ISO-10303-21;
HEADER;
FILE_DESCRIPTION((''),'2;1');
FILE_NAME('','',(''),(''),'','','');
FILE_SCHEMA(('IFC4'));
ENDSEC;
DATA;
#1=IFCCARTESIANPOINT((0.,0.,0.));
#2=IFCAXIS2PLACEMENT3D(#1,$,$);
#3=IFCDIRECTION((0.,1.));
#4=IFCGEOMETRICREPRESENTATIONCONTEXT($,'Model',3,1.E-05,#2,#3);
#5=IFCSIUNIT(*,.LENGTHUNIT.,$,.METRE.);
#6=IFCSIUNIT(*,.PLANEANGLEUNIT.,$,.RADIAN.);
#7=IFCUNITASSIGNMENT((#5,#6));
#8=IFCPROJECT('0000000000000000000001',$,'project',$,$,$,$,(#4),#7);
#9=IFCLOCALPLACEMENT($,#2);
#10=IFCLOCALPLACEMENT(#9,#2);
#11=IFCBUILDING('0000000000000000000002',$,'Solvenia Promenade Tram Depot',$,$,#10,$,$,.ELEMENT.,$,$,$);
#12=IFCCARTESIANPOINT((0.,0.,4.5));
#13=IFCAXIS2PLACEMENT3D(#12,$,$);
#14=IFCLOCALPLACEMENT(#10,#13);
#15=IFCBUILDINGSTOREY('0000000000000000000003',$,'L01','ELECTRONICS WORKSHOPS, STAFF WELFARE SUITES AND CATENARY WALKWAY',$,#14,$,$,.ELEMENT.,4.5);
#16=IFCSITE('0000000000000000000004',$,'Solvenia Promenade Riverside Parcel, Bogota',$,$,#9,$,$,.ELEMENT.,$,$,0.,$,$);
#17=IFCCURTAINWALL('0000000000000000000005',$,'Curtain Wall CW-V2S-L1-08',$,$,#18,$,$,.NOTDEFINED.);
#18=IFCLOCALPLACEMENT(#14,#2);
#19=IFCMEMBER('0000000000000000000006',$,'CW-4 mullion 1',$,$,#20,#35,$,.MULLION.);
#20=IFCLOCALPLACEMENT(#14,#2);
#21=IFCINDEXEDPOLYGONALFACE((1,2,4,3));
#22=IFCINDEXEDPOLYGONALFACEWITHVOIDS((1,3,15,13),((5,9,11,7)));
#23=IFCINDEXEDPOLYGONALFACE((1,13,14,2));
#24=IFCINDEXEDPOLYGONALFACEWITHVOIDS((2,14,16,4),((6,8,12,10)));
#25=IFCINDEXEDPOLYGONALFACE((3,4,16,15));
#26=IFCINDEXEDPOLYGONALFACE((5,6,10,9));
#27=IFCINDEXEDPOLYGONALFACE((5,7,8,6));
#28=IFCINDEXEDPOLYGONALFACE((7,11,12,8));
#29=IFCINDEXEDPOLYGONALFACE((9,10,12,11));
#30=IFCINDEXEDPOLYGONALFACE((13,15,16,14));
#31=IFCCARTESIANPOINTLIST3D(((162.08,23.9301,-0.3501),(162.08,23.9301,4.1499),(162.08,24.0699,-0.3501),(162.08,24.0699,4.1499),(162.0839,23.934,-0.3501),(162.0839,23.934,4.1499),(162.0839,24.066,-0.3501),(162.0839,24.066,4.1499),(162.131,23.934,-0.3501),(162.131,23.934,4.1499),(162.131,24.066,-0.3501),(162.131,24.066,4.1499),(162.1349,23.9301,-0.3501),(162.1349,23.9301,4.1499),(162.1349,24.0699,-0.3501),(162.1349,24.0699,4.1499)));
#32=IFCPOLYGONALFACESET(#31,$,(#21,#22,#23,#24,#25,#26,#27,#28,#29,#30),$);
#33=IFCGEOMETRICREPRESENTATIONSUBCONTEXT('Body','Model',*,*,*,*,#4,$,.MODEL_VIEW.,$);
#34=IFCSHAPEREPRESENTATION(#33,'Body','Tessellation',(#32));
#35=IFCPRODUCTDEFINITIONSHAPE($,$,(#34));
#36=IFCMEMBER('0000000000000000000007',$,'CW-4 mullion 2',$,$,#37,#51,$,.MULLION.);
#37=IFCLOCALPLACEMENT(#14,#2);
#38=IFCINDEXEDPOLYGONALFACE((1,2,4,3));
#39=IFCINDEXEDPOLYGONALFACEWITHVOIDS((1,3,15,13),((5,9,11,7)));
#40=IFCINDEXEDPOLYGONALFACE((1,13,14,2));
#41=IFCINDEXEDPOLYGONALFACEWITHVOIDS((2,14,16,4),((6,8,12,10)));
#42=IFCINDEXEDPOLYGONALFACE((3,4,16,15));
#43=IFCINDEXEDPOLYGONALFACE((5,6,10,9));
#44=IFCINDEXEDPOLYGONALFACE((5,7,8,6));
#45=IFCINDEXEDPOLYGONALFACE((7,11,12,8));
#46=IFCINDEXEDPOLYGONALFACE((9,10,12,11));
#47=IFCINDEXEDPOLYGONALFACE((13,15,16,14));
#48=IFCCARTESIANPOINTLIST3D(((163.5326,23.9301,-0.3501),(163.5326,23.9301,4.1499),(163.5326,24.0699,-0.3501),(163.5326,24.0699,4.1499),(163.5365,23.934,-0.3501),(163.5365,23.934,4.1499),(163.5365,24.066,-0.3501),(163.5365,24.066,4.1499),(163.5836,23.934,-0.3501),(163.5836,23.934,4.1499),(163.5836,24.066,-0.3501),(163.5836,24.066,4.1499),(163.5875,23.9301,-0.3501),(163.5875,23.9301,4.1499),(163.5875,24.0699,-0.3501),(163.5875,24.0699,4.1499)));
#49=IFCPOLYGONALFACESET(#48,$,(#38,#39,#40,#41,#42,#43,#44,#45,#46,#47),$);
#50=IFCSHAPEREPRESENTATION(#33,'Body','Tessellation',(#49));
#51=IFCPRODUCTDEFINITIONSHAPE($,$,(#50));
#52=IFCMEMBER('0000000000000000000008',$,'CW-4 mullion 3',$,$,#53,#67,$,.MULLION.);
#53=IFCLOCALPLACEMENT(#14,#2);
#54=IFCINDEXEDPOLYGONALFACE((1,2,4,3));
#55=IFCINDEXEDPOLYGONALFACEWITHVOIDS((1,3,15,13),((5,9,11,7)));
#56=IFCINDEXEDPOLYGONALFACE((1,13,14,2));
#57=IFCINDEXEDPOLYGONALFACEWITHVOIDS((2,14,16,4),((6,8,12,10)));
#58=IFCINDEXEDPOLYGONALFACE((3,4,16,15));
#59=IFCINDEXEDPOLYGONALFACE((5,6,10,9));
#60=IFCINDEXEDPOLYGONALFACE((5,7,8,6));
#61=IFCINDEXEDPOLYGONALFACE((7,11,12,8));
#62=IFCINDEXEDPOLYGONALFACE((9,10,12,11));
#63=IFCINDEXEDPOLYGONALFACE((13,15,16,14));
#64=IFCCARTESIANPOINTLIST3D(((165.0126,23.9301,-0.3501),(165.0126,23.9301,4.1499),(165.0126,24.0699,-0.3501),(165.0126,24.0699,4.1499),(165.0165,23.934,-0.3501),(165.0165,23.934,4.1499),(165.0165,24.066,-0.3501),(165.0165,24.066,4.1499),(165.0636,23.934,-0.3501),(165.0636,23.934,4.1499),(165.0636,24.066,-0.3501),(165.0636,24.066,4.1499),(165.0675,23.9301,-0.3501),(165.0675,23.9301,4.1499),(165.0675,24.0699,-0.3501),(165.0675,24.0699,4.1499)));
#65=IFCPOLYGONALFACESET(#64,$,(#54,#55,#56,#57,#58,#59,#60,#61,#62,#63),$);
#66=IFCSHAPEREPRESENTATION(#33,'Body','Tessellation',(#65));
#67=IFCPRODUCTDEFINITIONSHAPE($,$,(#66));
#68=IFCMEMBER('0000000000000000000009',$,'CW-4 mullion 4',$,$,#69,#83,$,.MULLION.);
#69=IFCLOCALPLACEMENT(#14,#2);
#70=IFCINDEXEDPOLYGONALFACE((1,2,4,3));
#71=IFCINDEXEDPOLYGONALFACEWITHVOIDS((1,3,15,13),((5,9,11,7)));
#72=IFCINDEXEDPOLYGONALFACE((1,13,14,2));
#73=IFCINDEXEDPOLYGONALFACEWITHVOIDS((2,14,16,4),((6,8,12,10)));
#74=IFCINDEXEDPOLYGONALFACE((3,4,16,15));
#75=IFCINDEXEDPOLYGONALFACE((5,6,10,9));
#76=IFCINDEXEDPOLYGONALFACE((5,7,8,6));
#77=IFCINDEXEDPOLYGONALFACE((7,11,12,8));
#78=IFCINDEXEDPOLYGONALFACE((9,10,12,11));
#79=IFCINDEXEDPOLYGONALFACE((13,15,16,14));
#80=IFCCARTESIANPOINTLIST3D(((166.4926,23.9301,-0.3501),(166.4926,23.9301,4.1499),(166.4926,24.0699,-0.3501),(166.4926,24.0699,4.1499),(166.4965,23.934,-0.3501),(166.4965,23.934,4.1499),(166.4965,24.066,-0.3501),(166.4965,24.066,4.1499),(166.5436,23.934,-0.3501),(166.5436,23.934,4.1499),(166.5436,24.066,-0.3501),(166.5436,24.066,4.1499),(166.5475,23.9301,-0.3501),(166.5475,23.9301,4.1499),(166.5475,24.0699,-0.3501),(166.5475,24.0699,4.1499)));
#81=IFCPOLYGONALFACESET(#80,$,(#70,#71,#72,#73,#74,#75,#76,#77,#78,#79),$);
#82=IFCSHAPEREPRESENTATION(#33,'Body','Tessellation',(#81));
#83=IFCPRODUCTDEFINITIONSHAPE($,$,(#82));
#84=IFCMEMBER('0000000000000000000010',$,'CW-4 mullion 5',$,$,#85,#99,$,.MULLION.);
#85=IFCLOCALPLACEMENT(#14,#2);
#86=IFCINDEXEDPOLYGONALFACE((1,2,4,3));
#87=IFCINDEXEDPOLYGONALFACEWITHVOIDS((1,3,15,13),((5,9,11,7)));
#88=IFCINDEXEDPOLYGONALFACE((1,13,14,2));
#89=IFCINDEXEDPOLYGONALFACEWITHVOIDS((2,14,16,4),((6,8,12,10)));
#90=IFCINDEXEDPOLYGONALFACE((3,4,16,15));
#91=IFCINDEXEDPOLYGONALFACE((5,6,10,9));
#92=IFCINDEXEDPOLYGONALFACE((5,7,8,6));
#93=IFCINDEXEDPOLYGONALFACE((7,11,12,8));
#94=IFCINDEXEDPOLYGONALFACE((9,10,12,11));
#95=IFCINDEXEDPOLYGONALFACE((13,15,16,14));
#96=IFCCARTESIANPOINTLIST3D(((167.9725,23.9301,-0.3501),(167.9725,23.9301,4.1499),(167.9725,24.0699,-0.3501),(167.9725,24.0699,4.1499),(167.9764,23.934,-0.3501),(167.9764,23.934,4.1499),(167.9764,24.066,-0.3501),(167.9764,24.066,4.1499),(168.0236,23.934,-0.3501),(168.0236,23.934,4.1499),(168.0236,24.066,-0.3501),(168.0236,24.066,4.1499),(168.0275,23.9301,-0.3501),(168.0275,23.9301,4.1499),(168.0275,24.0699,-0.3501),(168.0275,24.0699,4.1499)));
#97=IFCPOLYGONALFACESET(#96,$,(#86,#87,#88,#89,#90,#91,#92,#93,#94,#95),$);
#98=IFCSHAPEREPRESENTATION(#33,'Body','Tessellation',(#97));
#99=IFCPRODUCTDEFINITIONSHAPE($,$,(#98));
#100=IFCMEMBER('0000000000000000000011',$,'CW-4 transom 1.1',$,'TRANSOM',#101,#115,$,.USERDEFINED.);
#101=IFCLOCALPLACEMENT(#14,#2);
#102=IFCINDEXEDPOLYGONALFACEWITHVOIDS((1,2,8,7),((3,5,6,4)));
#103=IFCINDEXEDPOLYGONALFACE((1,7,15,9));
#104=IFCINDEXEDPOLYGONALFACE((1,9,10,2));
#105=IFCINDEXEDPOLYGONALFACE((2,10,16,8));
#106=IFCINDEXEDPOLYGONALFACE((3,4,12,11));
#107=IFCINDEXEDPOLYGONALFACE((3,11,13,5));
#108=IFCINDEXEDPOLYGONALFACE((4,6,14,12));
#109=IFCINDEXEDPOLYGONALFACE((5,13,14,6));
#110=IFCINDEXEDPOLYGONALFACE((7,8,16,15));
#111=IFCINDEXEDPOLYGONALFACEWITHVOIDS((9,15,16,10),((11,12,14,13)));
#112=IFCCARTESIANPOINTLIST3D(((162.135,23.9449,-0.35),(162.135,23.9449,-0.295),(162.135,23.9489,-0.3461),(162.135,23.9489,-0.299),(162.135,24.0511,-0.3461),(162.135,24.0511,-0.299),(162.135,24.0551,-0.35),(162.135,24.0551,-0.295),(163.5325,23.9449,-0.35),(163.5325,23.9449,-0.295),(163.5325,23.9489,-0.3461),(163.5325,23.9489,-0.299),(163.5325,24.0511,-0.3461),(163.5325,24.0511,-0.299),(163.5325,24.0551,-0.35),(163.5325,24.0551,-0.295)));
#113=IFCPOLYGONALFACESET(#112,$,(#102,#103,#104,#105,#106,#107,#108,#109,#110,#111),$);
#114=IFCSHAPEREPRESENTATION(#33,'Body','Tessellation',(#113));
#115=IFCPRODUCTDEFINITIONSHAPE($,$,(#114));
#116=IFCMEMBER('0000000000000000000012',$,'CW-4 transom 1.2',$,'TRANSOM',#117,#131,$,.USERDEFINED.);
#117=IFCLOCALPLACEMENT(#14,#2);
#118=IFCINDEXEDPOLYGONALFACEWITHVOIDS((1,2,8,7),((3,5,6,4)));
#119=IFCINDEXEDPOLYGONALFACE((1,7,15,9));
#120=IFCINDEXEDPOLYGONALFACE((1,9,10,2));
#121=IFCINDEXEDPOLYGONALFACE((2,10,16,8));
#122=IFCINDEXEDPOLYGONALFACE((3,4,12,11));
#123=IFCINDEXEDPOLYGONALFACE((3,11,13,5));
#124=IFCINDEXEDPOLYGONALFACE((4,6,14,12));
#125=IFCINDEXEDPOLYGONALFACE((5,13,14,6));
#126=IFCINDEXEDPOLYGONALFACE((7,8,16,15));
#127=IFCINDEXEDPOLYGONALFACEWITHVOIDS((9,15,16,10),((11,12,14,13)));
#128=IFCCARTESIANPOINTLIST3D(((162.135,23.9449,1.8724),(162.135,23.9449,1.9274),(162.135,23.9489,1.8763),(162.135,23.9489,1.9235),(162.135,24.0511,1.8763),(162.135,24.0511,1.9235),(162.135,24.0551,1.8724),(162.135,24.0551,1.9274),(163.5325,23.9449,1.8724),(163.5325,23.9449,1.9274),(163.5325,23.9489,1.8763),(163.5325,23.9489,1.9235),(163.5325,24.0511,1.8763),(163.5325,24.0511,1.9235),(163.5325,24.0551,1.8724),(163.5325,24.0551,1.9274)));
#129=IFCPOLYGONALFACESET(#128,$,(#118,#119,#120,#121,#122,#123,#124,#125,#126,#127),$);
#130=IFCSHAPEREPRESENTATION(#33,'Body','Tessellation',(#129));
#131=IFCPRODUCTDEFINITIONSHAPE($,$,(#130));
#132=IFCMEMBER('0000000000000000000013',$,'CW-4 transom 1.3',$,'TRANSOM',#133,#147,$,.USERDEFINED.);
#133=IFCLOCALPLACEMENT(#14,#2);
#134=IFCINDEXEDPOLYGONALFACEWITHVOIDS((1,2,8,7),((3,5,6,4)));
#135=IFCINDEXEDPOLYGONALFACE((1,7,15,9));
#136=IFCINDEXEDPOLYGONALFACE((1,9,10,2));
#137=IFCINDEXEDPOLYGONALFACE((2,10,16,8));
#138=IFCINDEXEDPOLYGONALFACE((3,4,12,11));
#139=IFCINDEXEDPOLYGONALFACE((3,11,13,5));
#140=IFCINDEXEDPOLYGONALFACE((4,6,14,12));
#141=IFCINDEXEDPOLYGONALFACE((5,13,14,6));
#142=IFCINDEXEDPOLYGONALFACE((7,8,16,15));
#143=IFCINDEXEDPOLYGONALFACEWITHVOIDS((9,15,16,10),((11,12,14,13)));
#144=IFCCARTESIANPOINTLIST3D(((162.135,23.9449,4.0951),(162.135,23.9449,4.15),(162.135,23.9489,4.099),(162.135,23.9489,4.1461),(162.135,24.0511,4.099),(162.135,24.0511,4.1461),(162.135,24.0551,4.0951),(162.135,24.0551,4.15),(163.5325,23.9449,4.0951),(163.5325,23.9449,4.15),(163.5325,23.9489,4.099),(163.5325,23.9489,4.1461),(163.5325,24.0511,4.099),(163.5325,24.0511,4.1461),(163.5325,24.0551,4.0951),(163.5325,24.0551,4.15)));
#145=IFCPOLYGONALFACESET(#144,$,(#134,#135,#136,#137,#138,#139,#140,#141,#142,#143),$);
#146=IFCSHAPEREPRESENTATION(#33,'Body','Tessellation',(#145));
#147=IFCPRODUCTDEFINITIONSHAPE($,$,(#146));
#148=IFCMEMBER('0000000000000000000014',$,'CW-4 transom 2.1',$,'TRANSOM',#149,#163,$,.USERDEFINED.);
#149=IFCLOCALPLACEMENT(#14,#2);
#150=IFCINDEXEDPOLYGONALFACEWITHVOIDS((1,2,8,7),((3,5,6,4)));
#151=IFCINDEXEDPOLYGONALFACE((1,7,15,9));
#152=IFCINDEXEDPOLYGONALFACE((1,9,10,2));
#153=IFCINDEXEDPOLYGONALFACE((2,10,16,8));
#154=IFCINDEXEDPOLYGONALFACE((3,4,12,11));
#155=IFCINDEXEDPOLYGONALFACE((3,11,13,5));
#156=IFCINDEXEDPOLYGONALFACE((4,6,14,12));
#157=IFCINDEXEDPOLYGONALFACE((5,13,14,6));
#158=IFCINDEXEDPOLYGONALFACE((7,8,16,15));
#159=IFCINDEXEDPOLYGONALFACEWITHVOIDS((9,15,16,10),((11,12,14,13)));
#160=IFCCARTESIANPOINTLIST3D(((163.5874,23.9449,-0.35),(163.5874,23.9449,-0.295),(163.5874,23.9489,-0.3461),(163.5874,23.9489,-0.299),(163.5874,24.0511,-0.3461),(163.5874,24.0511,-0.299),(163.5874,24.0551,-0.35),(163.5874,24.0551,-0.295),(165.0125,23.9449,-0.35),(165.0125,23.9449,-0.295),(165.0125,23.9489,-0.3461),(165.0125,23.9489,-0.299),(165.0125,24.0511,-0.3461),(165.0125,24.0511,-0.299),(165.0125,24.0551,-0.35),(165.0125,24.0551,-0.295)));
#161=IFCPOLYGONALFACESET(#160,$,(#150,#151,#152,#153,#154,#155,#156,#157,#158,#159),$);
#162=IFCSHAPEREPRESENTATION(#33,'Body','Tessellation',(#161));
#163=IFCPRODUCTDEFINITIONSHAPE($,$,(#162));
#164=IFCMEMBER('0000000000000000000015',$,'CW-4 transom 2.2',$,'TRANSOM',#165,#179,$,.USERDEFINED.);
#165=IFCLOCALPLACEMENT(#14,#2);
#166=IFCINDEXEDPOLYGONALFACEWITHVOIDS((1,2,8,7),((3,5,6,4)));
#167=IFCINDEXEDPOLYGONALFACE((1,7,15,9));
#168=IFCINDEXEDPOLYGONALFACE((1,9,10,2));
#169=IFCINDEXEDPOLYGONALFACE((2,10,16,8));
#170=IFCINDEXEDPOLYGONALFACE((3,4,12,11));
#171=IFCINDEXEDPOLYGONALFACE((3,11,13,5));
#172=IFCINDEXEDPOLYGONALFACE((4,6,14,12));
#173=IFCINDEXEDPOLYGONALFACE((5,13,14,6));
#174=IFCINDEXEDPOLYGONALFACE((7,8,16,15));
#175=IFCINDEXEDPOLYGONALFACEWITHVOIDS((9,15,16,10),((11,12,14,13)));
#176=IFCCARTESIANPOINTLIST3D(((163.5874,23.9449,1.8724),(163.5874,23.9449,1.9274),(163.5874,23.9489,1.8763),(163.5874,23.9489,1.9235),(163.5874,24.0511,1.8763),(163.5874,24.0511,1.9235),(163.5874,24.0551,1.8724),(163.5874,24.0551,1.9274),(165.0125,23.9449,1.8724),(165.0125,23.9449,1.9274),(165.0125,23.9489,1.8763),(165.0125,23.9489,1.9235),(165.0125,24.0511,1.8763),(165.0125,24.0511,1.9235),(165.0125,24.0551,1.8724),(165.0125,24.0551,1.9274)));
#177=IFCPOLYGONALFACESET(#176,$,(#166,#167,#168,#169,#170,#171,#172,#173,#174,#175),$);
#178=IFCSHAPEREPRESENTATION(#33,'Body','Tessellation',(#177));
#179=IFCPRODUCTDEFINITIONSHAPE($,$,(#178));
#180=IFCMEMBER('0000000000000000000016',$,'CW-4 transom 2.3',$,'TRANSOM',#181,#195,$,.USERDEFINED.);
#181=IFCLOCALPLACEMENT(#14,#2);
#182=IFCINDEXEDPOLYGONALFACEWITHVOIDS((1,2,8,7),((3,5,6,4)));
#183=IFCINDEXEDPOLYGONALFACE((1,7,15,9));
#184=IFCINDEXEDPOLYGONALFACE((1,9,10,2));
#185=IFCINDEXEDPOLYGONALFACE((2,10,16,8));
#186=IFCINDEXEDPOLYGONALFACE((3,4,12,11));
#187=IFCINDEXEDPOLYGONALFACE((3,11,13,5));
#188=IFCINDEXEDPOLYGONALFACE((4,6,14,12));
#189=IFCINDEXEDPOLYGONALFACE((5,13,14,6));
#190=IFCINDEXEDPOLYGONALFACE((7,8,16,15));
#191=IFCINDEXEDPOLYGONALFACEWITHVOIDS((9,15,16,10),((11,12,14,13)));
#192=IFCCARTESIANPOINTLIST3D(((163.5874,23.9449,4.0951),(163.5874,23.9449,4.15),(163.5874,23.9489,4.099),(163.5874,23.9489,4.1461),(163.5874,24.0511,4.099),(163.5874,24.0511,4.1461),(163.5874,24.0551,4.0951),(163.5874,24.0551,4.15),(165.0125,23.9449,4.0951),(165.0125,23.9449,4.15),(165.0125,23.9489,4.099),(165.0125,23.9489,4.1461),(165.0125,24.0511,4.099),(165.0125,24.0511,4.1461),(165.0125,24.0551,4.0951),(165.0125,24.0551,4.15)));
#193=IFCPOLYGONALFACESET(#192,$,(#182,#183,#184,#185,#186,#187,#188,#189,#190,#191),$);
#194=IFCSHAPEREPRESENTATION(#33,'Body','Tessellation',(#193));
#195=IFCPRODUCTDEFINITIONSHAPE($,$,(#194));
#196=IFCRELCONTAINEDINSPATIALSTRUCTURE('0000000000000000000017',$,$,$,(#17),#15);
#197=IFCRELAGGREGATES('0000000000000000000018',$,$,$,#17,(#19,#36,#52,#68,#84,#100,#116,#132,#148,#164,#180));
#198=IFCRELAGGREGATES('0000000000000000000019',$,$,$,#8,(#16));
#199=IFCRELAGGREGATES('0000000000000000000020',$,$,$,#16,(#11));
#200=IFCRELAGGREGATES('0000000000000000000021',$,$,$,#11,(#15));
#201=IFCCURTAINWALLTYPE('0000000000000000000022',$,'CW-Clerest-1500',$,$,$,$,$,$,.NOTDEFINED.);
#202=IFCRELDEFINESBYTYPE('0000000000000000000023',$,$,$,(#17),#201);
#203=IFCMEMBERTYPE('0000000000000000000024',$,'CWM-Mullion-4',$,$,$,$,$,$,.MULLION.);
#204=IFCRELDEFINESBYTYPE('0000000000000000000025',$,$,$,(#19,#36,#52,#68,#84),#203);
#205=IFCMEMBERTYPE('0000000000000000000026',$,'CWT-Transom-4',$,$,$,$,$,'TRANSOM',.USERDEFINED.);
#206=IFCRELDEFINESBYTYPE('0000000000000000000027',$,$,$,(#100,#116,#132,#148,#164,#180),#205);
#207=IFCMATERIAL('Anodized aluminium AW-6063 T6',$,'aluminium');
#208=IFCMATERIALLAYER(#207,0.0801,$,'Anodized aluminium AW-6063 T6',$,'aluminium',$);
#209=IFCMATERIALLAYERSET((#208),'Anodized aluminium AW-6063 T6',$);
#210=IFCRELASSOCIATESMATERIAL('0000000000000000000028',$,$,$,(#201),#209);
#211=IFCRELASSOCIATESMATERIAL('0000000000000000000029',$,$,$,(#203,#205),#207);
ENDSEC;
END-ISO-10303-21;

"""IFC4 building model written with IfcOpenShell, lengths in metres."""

from ifc_helpers import new_model, si_unit, direction, frame, origin, origin_2d, place, context, subcontext, project, spatial, hollow_rectangle, extrude, material, layer, layer_set, material_profile, profile_set, type_object, element, aggregate, save


model = new_model("IFC4")

# Units and contexts
model_context = context("Model", 3, precision=1e-05, world=origin(), true_north=direction((0.0, 1.0)))
body_context = subcontext(model_context, "Body", "Model", "MODEL_VIEW")
ifc_project = project(units=[si_unit("LENGTHUNIT", "METRE"), si_unit("PLANEANGLEUNIT", "RADIAN")], contexts=[model_context])

# Site, building, storey
site_placement = place(None, origin())
site = spatial("IfcSite", under=ifc_project, at=site_placement, Name="Solvenia Promenade Riverside Parcel, Bogota", CompositionType="ELEMENT", RefElevation=0.0)
building_placement = place(site_placement, origin())
building = spatial("IfcBuilding", under=site, at=building_placement, Name="Solvenia Promenade Tram Depot", CompositionType="ELEMENT")
storey_placement = place(building_placement, frame((0.0, 0.0, 4.5)))
storey = spatial("IfcBuildingStorey", under=building, at=storey_placement, Name="L01", Description="ELECTRONICS WORKSHOPS, STAFF WELFARE SUITES AND CATENARY WALKWAY", CompositionType="ELEMENT", Elevation=4.5)

# Curtain wall, members
ifc_material_1 = material(Name="Anodized aluminium AW-6063 T6", Category="aluminium")
ifc_layer_1 = layer(ifc_material_1, 0.0801, Name="Anodized aluminium AW-6063 T6", Category="aluminium")
ifc_layer_set_1 = layer_set([ifc_layer_1], Name="Anodized aluminium AW-6063 T6")
curtain_wall_type = type_object("IfcCurtainWallType", Name="CW-Clerest-1500", PredefinedType="NOTDEFINED", material=ifc_layer_set_1)
curtain_wall_placement = place(storey_placement, origin())
curtain_wall = element("IfcCurtainWall", 1, at=curtain_wall_placement, inside=storey, type_object=curtain_wall_type, Name="Curtain Wall CW-V2S-L1-08", PredefinedType="NOTDEFINED")
ifc_material_profile_1 = material_profile(ifc_material_1, hollow_rectangle(XDim=0.1399, YDim=0.0549, WallThickness=0.0039, at=origin_2d()), Name="ALU-M4", Category="aluminium")
ifc_profile_set_1 = profile_set([ifc_material_profile_1], Name="Anodized aluminium AW-6063 T6")
member_type_1 = type_object("IfcMemberType", Name="CWM-Mullion-4", PredefinedType="MULLION", material=ifc_profile_set_1)
member_1_placement = place(storey_placement, frame((162.1074, 24.0, -0.3501), z_axis=(0.0, 0.0, 1.0), x_axis=(0.0, 1.0, 0.0)))
member_1 = element("IfcMember", 2, at=member_1_placement, type_object=member_type_1, Name="CW-4 mullion 1", PredefinedType="MULLION", context=body_context, shape_type="SweptSolid", body=[
    extrude(hollow_rectangle(XDim=0.1399, YDim=0.0549, WallThickness=0.0039, at=origin_2d()), origin(), (0.0, 0.0, 1.0), 4.5),
])
member_2_placement = place(storey_placement, frame((163.5601, 24.0, -0.3501), z_axis=(0.0, 0.0, 1.0), x_axis=(0.0, 1.0, 0.0)))
member_2 = element("IfcMember", 3, at=member_2_placement, type_object=member_type_1, Name="CW-4 mullion 2", PredefinedType="MULLION", context=body_context, shape_type="SweptSolid", body=[
    extrude(hollow_rectangle(XDim=0.1399, YDim=0.0549, WallThickness=0.0039, at=origin_2d()), origin(), (0.0, 0.0, 1.0), 4.5),
])
member_3_placement = place(storey_placement, frame((165.04, 24.0, -0.3501), z_axis=(0.0, 0.0, 1.0), x_axis=(0.0, 1.0, 0.0)))
member_3 = element("IfcMember", 4, at=member_3_placement, type_object=member_type_1, Name="CW-4 mullion 3", PredefinedType="MULLION", context=body_context, shape_type="SweptSolid", body=[
    extrude(hollow_rectangle(XDim=0.1399, YDim=0.0549, WallThickness=0.0039, at=origin_2d()), origin(), (0.0, 0.0, 1.0), 4.5),
])
member_4_placement = place(storey_placement, frame((166.52, 24.0, -0.3501), z_axis=(0.0, 0.0, 1.0), x_axis=(0.0, 1.0, 0.0)))
member_4 = element("IfcMember", 5, at=member_4_placement, type_object=member_type_1, Name="CW-4 mullion 4", PredefinedType="MULLION", context=body_context, shape_type="SweptSolid", body=[
    extrude(hollow_rectangle(XDim=0.1399, YDim=0.0549, WallThickness=0.0039, at=origin_2d()), origin(), (0.0, 0.0, 1.0), 4.5),
])
member_5_placement = place(storey_placement, frame((168.0, 24.0, -0.3501), z_axis=(0.0, 0.0, 1.0), x_axis=(0.0, 1.0, 0.0)))
member_5 = element("IfcMember", 6, at=member_5_placement, type_object=member_type_1, Name="CW-4 mullion 5", PredefinedType="MULLION", context=body_context, shape_type="SweptSolid", body=[
    extrude(hollow_rectangle(XDim=0.1399, YDim=0.0549, WallThickness=0.0039, at=origin_2d()), origin(), (0.0, 0.0, 1.0), 4.5),
])
ifc_material_profile_2 = material_profile(ifc_material_1, hollow_rectangle(XDim=0.1101, YDim=0.0549, WallThickness=0.0039, at=origin_2d()), Name="ALU-T4", Category="aluminium")
ifc_profile_set_2 = profile_set([ifc_material_profile_2], Name="Anodized aluminium AW-6063 T6")
member_type_2 = type_object("IfcMemberType", Name="CWT-Transom-4", ElementType="TRANSOM", PredefinedType="USERDEFINED", material=ifc_profile_set_2)
member_6_placement = place(storey_placement, frame((162.135, 24.0, -0.3225), z_axis=(1.0, 0.0, 0.0), x_axis=(0.0, 1.0, 0.0)))
member_6 = element("IfcMember", 7, at=member_6_placement, type_object=member_type_2, Name="CW-4 transom 1.1", ObjectType="TRANSOM", PredefinedType="USERDEFINED", context=body_context, shape_type="SweptSolid", body=[
    extrude(hollow_rectangle(XDim=0.1101, YDim=0.0549, WallThickness=0.0039, at=origin_2d()), origin(), (0.0, 0.0, 1.0), 1.3975),
])
member_7_placement = place(storey_placement, frame((162.135, 24.0, 1.8999), z_axis=(1.0, 0.0, 0.0), x_axis=(0.0, 1.0, 0.0)))
member_7 = element("IfcMember", 8, at=member_7_placement, type_object=member_type_2, Name="CW-4 transom 1.2", ObjectType="TRANSOM", PredefinedType="USERDEFINED", context=body_context, shape_type="SweptSolid", body=[
    extrude(hollow_rectangle(XDim=0.1101, YDim=0.0549, WallThickness=0.0039, at=origin_2d()), origin(), (0.0, 0.0, 1.0), 1.3975),
])
member_8_placement = place(storey_placement, frame((162.135, 24.0, 4.1226), z_axis=(1.0, 0.0, 0.0), x_axis=(0.0, 1.0, 0.0)))
member_8 = element("IfcMember", 9, at=member_8_placement, type_object=member_type_2, Name="CW-4 transom 1.3", ObjectType="TRANSOM", PredefinedType="USERDEFINED", context=body_context, shape_type="SweptSolid", body=[
    extrude(hollow_rectangle(XDim=0.1101, YDim=0.0549, WallThickness=0.0039, at=origin_2d()), origin(), (0.0, 0.0, 1.0), 1.3975),
])
member_9_placement = place(storey_placement, frame((163.5874, 24.0, -0.3225), z_axis=(1.0, 0.0, 0.0), x_axis=(0.0, 1.0, 0.0)))
member_9 = element("IfcMember", 10, at=member_9_placement, type_object=member_type_2, Name="CW-4 transom 2.1", ObjectType="TRANSOM", PredefinedType="USERDEFINED", context=body_context, shape_type="SweptSolid", body=[
    extrude(hollow_rectangle(XDim=0.1101, YDim=0.0549, WallThickness=0.0039, at=origin_2d()), origin(), (0.0, 0.0, 1.0), 1.425),
])
member_10_placement = place(storey_placement, frame((163.5874, 24.0, 1.8999), z_axis=(1.0, 0.0, 0.0), x_axis=(0.0, 1.0, 0.0)))
member_10 = element("IfcMember", 11, at=member_10_placement, type_object=member_type_2, Name="CW-4 transom 2.2", ObjectType="TRANSOM", PredefinedType="USERDEFINED", context=body_context, shape_type="SweptSolid", body=[
    extrude(hollow_rectangle(XDim=0.1101, YDim=0.0549, WallThickness=0.0039, at=origin_2d()), origin(), (0.0, 0.0, 1.0), 1.425),
])
member_11_placement = place(storey_placement, frame((163.5874, 24.0, 4.1226), z_axis=(1.0, 0.0, 0.0), x_axis=(0.0, 1.0, 0.0)))
member_11 = element("IfcMember", 12, at=member_11_placement, type_object=member_type_2, Name="CW-4 transom 2.3", ObjectType="TRANSOM", PredefinedType="USERDEFINED", context=body_context, shape_type="SweptSolid", body=[
    extrude(hollow_rectangle(XDim=0.1101, YDim=0.0549, WallThickness=0.0039, at=origin_2d()), origin(), (0.0, 0.0, 1.0), 1.425),
])
aggregate(curtain_wall, [member_1, member_2, member_3, member_4, member_5, member_6, member_7, member_8, member_9, member_10, member_11])

save(model, "model.ifc")
